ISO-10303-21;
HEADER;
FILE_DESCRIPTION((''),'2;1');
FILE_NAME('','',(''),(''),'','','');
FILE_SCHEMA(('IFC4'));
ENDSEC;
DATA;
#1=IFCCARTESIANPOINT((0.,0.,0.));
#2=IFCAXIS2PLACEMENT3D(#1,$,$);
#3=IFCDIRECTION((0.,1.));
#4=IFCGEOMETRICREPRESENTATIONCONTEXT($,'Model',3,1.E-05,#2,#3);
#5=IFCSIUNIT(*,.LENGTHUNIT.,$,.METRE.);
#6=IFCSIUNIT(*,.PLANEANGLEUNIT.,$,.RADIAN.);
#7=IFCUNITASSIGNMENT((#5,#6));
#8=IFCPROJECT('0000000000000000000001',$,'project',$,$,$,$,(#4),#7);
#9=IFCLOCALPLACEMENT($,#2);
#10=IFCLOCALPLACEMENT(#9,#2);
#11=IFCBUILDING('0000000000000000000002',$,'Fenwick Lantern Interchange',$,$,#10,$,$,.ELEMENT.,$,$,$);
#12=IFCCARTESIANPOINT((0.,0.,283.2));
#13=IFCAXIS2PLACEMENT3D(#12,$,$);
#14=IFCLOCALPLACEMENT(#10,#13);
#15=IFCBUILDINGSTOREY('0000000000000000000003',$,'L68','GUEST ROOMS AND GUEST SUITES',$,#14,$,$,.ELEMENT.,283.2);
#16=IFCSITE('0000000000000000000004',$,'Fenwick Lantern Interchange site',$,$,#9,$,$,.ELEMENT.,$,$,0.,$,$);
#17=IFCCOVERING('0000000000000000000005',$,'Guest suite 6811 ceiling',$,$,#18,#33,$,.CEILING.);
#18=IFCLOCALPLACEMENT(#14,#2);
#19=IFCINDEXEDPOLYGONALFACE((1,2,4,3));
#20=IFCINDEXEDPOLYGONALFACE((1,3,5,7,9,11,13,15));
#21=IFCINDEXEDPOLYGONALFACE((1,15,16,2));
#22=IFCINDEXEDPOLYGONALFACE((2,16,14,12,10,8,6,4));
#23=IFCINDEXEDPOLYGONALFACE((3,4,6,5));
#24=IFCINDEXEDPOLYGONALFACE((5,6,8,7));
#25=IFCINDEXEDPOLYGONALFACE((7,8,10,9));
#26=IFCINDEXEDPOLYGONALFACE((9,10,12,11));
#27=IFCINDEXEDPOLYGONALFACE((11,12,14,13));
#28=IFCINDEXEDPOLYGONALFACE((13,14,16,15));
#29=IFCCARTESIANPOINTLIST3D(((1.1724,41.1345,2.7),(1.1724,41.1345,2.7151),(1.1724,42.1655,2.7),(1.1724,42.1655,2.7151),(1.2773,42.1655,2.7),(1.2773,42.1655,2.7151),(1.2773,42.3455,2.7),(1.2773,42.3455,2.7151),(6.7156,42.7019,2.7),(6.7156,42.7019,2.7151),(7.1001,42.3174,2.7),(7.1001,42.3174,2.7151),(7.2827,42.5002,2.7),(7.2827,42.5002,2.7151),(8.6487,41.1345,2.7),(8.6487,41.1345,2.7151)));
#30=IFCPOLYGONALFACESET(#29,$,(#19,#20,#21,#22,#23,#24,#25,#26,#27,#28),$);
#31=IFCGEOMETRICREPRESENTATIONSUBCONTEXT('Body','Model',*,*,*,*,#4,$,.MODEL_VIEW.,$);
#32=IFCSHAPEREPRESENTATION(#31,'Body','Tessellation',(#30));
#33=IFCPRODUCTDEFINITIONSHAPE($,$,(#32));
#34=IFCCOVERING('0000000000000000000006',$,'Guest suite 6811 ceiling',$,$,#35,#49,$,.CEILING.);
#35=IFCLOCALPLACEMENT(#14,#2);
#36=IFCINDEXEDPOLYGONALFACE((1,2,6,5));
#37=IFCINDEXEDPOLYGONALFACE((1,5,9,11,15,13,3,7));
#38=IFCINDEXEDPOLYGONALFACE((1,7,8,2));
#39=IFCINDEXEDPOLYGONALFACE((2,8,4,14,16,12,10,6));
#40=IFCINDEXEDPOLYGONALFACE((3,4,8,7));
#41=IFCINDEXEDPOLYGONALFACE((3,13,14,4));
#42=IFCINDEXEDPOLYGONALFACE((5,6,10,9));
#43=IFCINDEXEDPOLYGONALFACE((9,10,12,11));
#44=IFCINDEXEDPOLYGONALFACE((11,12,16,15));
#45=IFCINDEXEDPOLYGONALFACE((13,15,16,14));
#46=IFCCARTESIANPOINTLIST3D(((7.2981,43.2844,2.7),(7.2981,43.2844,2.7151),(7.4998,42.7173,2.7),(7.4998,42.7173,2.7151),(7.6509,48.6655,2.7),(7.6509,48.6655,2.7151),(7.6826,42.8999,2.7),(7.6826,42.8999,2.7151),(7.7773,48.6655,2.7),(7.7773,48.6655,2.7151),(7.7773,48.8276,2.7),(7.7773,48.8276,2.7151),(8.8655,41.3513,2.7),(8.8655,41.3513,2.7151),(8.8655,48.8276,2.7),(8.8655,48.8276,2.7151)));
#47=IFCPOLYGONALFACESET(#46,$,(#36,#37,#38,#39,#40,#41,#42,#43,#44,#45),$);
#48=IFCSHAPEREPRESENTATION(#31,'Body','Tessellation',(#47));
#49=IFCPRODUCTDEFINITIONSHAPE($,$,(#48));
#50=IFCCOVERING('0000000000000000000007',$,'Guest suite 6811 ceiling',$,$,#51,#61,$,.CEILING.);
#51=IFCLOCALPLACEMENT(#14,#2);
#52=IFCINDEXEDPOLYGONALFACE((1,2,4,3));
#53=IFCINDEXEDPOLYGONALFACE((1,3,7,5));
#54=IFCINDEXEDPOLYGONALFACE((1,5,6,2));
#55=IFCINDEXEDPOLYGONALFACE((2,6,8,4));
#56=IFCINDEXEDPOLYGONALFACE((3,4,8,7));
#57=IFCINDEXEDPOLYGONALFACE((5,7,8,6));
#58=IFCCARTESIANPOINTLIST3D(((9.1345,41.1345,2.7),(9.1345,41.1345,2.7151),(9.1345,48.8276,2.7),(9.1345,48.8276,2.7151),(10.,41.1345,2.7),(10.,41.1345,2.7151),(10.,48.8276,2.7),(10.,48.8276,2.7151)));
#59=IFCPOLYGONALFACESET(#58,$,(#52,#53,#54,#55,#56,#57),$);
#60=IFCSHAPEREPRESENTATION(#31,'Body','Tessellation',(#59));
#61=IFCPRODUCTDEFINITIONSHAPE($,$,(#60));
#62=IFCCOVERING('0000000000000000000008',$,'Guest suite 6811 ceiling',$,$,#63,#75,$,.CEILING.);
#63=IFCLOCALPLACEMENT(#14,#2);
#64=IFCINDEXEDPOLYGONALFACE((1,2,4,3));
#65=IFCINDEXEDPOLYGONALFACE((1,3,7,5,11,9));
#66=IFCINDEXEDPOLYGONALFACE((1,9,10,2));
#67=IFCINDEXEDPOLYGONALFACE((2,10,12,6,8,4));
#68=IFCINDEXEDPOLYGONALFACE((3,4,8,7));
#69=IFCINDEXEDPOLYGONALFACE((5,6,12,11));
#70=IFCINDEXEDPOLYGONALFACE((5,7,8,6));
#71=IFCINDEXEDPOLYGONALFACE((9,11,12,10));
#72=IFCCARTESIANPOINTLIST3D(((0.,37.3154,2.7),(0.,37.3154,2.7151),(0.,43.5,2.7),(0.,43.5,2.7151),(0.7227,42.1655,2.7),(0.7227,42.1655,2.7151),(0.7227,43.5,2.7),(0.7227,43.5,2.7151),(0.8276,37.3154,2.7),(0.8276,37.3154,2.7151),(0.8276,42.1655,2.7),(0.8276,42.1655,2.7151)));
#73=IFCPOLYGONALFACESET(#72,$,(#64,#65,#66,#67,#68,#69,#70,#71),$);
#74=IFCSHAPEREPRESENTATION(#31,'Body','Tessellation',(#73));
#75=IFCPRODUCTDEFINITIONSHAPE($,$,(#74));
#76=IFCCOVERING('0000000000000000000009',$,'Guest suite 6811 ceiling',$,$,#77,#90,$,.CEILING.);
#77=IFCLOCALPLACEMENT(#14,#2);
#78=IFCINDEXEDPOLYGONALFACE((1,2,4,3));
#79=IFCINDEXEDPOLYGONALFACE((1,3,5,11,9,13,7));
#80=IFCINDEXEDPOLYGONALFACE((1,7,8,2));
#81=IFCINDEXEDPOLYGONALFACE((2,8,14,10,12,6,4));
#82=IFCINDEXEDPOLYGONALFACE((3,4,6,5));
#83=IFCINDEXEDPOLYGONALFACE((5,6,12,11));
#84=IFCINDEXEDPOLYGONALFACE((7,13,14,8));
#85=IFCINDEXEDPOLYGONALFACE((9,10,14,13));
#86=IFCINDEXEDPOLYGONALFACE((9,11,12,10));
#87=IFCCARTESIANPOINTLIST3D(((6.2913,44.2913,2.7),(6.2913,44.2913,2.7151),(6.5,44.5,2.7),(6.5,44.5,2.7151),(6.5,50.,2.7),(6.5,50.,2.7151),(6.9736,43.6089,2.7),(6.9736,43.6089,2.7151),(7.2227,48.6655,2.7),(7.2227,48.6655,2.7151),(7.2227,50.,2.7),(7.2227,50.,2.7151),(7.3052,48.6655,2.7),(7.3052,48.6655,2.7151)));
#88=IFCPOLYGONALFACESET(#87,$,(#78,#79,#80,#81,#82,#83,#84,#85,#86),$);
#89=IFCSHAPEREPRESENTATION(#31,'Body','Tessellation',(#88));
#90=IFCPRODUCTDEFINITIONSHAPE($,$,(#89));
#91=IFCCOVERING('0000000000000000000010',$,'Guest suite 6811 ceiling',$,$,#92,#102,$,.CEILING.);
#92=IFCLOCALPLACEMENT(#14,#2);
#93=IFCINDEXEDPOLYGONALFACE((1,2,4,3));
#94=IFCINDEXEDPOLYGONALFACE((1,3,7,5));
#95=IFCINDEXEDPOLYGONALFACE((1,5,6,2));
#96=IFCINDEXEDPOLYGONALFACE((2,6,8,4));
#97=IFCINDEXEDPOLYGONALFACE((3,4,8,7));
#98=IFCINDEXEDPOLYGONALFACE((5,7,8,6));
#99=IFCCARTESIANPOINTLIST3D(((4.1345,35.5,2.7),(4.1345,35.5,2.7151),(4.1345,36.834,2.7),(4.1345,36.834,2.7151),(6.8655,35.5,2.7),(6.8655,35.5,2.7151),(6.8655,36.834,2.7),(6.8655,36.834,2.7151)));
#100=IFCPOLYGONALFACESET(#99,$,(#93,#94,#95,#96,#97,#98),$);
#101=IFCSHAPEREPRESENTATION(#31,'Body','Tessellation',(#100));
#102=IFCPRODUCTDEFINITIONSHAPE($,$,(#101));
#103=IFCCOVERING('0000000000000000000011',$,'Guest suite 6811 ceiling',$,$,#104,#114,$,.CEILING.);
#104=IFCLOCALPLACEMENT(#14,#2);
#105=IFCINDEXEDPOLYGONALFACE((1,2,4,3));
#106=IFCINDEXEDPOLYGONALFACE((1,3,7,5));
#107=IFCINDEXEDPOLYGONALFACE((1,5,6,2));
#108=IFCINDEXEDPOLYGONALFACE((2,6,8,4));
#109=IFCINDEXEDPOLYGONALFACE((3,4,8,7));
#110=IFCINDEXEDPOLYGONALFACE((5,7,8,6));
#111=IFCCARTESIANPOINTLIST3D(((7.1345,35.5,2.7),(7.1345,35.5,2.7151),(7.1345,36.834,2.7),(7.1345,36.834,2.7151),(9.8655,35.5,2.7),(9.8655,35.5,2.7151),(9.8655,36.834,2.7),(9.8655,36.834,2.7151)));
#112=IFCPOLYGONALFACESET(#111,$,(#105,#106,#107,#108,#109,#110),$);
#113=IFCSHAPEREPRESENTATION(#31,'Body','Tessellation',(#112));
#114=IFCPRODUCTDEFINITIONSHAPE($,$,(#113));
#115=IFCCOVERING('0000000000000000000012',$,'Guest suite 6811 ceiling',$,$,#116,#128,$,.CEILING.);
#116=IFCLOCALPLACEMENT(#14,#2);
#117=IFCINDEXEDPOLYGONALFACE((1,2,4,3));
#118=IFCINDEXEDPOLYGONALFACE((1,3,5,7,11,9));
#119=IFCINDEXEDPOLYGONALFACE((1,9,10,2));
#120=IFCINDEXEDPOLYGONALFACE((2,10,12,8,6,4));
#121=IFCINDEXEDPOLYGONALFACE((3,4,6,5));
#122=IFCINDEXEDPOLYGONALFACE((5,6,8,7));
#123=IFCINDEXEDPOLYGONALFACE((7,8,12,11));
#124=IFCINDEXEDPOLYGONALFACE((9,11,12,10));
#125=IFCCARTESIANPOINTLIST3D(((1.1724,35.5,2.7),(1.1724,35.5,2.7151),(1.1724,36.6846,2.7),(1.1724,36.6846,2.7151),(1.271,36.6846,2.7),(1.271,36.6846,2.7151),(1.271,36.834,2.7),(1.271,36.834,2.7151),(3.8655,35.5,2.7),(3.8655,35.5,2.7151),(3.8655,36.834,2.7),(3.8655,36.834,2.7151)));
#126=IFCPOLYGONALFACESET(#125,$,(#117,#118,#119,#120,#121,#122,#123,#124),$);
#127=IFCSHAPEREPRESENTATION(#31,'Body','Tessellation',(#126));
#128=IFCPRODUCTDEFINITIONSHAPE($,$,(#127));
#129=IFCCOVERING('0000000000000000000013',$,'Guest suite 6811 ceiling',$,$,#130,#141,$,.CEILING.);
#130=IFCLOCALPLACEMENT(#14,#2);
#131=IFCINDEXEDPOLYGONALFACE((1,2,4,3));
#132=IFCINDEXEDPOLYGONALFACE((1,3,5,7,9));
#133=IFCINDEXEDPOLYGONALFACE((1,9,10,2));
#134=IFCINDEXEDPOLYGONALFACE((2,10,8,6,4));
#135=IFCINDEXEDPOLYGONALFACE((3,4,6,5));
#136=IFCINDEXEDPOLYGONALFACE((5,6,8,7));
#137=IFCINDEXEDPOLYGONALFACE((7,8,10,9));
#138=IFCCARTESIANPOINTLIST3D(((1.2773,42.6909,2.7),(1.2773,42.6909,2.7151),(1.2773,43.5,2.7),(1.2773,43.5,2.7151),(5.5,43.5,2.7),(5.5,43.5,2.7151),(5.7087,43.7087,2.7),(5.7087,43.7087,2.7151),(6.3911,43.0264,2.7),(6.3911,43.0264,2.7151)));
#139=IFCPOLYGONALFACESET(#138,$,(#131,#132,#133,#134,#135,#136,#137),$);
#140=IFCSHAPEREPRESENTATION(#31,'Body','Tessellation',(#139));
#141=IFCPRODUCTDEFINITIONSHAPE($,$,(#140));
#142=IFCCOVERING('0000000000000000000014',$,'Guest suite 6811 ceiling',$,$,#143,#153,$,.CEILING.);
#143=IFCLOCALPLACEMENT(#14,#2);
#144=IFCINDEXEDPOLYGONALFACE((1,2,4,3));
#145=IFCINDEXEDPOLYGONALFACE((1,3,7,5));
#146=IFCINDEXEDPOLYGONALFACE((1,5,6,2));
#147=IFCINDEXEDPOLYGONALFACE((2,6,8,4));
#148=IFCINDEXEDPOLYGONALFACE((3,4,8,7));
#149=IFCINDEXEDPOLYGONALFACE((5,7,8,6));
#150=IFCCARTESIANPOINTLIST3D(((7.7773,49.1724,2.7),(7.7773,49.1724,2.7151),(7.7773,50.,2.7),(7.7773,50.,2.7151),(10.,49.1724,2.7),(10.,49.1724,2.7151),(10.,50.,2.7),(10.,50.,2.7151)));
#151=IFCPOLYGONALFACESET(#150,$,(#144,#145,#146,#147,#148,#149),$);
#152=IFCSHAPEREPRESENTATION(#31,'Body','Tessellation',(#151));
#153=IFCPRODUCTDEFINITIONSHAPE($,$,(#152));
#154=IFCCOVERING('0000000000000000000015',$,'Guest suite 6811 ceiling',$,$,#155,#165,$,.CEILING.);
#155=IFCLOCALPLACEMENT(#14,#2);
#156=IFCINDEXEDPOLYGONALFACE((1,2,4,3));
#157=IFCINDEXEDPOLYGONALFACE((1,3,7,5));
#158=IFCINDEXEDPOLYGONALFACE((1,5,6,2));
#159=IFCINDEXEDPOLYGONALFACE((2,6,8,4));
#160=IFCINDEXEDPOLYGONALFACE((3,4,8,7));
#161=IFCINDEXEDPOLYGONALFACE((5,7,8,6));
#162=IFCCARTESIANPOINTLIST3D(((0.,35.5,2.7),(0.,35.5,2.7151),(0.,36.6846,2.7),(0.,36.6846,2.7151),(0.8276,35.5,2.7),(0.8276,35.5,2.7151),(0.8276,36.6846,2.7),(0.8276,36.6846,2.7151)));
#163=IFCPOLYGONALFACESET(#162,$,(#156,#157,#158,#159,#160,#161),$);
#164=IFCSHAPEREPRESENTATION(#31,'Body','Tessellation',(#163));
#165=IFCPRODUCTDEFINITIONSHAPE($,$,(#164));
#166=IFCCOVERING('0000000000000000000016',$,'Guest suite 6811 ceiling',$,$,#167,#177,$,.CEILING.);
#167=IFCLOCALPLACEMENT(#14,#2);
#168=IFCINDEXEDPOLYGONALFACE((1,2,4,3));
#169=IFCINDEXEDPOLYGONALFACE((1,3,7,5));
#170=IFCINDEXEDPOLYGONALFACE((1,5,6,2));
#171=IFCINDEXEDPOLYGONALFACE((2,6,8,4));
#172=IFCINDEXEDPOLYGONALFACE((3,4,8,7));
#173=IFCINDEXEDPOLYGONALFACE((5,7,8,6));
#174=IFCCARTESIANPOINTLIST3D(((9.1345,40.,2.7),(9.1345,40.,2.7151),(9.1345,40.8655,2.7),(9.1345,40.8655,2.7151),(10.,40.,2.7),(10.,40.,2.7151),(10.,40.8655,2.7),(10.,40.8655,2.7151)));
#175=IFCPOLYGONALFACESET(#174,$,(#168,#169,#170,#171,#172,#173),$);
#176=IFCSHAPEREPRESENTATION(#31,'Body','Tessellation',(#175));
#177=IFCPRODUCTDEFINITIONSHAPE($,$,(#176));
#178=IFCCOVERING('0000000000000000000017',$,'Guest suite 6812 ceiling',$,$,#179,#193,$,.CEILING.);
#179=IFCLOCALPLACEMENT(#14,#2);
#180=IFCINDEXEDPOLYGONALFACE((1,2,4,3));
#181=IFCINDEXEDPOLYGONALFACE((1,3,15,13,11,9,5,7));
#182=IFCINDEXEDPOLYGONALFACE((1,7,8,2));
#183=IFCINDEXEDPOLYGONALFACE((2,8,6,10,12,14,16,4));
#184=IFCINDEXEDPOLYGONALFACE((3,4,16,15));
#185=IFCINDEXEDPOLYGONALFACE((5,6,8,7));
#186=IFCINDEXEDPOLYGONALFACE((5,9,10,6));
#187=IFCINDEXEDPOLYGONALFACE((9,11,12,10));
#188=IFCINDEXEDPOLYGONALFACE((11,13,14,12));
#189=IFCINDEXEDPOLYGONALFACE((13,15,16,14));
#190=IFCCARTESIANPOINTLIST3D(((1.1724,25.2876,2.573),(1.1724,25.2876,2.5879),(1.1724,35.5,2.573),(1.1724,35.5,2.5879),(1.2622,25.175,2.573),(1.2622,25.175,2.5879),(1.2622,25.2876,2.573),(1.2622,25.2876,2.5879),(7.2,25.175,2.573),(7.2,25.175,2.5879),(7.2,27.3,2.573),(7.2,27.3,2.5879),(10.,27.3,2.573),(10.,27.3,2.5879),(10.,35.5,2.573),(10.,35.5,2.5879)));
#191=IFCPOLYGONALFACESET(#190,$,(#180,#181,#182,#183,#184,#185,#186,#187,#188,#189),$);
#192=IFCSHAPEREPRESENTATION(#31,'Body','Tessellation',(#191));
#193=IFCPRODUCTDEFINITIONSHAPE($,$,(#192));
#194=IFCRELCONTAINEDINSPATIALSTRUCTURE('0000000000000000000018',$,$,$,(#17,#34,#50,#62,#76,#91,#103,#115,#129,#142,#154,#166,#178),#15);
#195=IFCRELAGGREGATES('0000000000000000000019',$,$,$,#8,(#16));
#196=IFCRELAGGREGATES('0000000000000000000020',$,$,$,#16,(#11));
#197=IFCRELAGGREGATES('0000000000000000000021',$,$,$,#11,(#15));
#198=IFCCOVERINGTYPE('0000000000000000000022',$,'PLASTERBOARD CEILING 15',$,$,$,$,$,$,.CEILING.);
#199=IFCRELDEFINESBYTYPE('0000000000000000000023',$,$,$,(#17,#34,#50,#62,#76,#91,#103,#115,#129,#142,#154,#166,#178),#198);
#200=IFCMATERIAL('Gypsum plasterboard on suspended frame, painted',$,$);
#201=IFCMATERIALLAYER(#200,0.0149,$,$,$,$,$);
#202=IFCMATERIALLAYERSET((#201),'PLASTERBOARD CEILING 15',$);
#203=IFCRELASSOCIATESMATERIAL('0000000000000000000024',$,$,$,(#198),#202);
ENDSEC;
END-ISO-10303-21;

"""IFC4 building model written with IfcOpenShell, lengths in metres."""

from ifc_helpers import new_model, si_unit, direction, frame, origin, place, context, subcontext, project, spatial, polyline, outline, extrude, material, layer, layer_set, type_object, element, save


model = new_model("IFC4")

# Units and contexts
model_context = context("Model", 3, precision=1e-05, world=origin(), true_north=direction((0.0, 1.0)))
body_context = subcontext(model_context, "Body", "Model", "MODEL_VIEW")
ifc_project = project(units=[si_unit("LENGTHUNIT", "METRE"), si_unit("PLANEANGLEUNIT", "RADIAN")], contexts=[model_context])

# Site, building, storey
site_placement = place(None, origin())
site = spatial("IfcSite", under=ifc_project, at=site_placement, Name="Fenwick Lantern Interchange site", CompositionType="ELEMENT", RefElevation=0.0)
building_placement = place(site_placement, origin())
building = spatial("IfcBuilding", under=site, at=building_placement, Name="Fenwick Lantern Interchange", CompositionType="ELEMENT")
storey_placement = place(building_placement, frame((0.0, 0.0, 283.2)))
storey = spatial("IfcBuildingStorey", under=building, at=storey_placement, Name="L68", Description="GUEST ROOMS AND GUEST SUITES", CompositionType="ELEMENT", Elevation=283.2)

# Coverings
ifc_material_1 = material(Name="Gypsum plasterboard on suspended frame, painted")
ifc_layer_1 = layer(ifc_material_1, 0.0149)
ifc_layer_set_1 = layer_set([ifc_layer_1], Name="PLASTERBOARD CEILING 15")
covering_type_1 = type_object("IfcCoveringType", Name="PLASTERBOARD CEILING 15", PredefinedType="CEILING", material=ifc_layer_set_1)
covering_1_placement = place(storey_placement, frame((0.0, 0.0, 2.7)))
element("IfcCovering", 1, at=covering_1_placement, inside=storey, type_object=covering_type_1, Name="Guest suite 6811 ceiling", PredefinedType="CEILING", context=body_context, shape_type="SweptSolid", body=[
    extrude(outline(polyline([(1.2773, 42.1655), (1.1724, 42.1655), (1.1724, 41.1345), (8.6487, 41.1345), (7.2827, 42.5002), (7.1001, 42.3174), (6.7156, 42.7019), (1.2773, 42.3455), (1.2773, 42.1655)])), origin(), (0.0, 0.0, 1.0), 0.0151),
])
covering_2_placement = place(storey_placement, frame((0.0, 0.0, 2.7)))
element("IfcCovering", 2, at=covering_2_placement, inside=storey, type_object=covering_type_1, Name="Guest suite 6811 ceiling", PredefinedType="CEILING", context=body_context, shape_type="SweptSolid", body=[
    extrude(outline(polyline([(7.7773, 48.6655), (7.6509, 48.6655), (7.2981, 43.2844), (7.6826, 42.8999), (7.4998, 42.7173), (8.8655, 41.3513), (8.8655, 48.8276), (7.7773, 48.8276), (7.7773, 48.6655)])), origin(), (0.0, 0.0, 1.0), 0.0151),
])
covering_3_placement = place(storey_placement, frame((0.0, 0.0, 2.7)))
element("IfcCovering", 3, at=covering_3_placement, inside=storey, type_object=covering_type_1, Name="Guest suite 6811 ceiling", PredefinedType="CEILING", context=body_context, shape_type="SweptSolid", body=[
    extrude(outline(polyline([(10.0, 41.1345), (10.0, 48.8276), (9.1345, 48.8276), (9.1345, 41.1345), (10.0, 41.1345)])), origin(), (0.0, 0.0, 1.0), 0.0151),
])
covering_4_placement = place(storey_placement, frame((0.0, 0.0, 2.7)))
element("IfcCovering", 4, at=covering_4_placement, inside=storey, type_object=covering_type_1, Name="Guest suite 6811 ceiling", PredefinedType="CEILING", context=body_context, shape_type="SweptSolid", body=[
    extrude(outline(polyline([(0.0, 37.3154), (0.8276, 37.3154), (0.8276, 42.1655), (0.7227, 42.1655), (0.7227, 43.5), (0.0, 43.5), (0.0, 37.3154)])), origin(), (0.0, 0.0, 1.0), 0.0151),
])
covering_5_placement = place(storey_placement, frame((0.0, 0.0, 2.7)))
element("IfcCovering", 5, at=covering_5_placement, inside=storey, type_object=covering_type_1, Name="Guest suite 6811 ceiling", PredefinedType="CEILING", context=body_context, shape_type="SweptSolid", body=[
    extrude(outline(polyline([(7.3052, 48.6655), (7.2227, 48.6655), (7.2227, 50.0), (6.5, 50.0), (6.5, 44.5), (6.2913, 44.2913), (6.9736, 43.6089), (7.3052, 48.6655)])), origin(), (0.0, 0.0, 1.0), 0.0151),
])
covering_6_placement = place(storey_placement, frame((0.0, 0.0, 2.7)))
element("IfcCovering", 6, at=covering_6_placement, inside=storey, type_object=covering_type_1, Name="Guest suite 6811 ceiling", PredefinedType="CEILING", context=body_context, shape_type="SweptSolid", body=[
    extrude(outline(polyline([(4.1345, 35.5), (6.8655, 35.5), (6.8655, 36.834), (4.1345, 36.834), (4.1345, 35.5)])), origin(), (0.0, 0.0, 1.0), 0.0151),
])
covering_7_placement = place(storey_placement, frame((0.0, 0.0, 2.7)))
element("IfcCovering", 7, at=covering_7_placement, inside=storey, type_object=covering_type_1, Name="Guest suite 6811 ceiling", PredefinedType="CEILING", context=body_context, shape_type="SweptSolid", body=[
    extrude(outline(polyline([(7.1345, 35.5), (9.8655, 35.5), (9.8655, 36.834), (7.1345, 36.834), (7.1345, 35.5)])), origin(), (0.0, 0.0, 1.0), 0.0151),
])
covering_8_placement = place(storey_placement, frame((0.0, 0.0, 2.7)))
element("IfcCovering", 8, at=covering_8_placement, inside=storey, type_object=covering_type_1, Name="Guest suite 6811 ceiling", PredefinedType="CEILING", context=body_context, shape_type="SweptSolid", body=[
    extrude(outline(polyline([(1.1724, 35.5), (3.8655, 35.5), (3.8655, 36.834), (1.271, 36.834), (1.271, 36.6846), (1.1724, 36.6846), (1.1724, 35.5)])), origin(), (0.0, 0.0, 1.0), 0.0151),
])
covering_9_placement = place(storey_placement, frame((0.0, 0.0, 2.7)))
element("IfcCovering", 9, at=covering_9_placement, inside=storey, type_object=covering_type_1, Name="Guest suite 6811 ceiling", PredefinedType="CEILING", context=body_context, shape_type="SweptSolid", body=[
    extrude(outline(polyline([(1.2773, 43.5), (1.2773, 42.6909), (6.3911, 43.0264), (5.7087, 43.7087), (5.5, 43.5), (1.2773, 43.5)])), origin(), (0.0, 0.0, 1.0), 0.0151),
])
covering_10_placement = place(storey_placement, frame((0.0, 0.0, 2.7)))
element("IfcCovering", 10, at=covering_10_placement, inside=storey, type_object=covering_type_1, Name="Guest suite 6811 ceiling", PredefinedType="CEILING", context=body_context, shape_type="SweptSolid", body=[
    extrude(outline(polyline([(7.7773, 50.0), (7.7773, 49.1724), (10.0, 49.1724), (10.0, 50.0), (7.7773, 50.0)])), origin(), (0.0, 0.0, 1.0), 0.0151),
])
covering_11_placement = place(storey_placement, frame((0.0, 0.0, 2.7)))
element("IfcCovering", 11, at=covering_11_placement, inside=storey, type_object=covering_type_1, Name="Guest suite 6811 ceiling", PredefinedType="CEILING", context=body_context, shape_type="SweptSolid", body=[
    extrude(outline(polyline([(0.0, 35.5), (0.8276, 35.5), (0.8276, 36.6846), (0.0, 36.6846), (0.0, 35.5)])), origin(), (0.0, 0.0, 1.0), 0.0151),
])
covering_12_placement = place(storey_placement, frame((0.0, 0.0, 2.7)))
element("IfcCovering", 12, at=covering_12_placement, inside=storey, type_object=covering_type_1, Name="Guest suite 6811 ceiling", PredefinedType="CEILING", context=body_context, shape_type="SweptSolid", body=[
    extrude(outline(polyline([(10.0, 40.0), (10.0, 40.8655), (9.1345, 40.8655), (9.1345, 40.0), (10.0, 40.0)])), origin(), (0.0, 0.0, 1.0), 0.0151),
])
covering_13_placement = place(storey_placement, frame((0.0, 0.0, 2.573)))
element("IfcCovering", 13, at=covering_13_placement, inside=storey, type_object=covering_type_1, Name="Guest suite 6812 ceiling", PredefinedType="CEILING", context=body_context, shape_type="SweptSolid", body=[
    extrude(outline(polyline([(1.2622, 25.2876), (1.2622, 25.175), (7.2, 25.175), (7.2, 27.3), (10.0, 27.3), (10.0, 35.5), (1.1724, 35.5), (1.1724, 25.2876), (1.2622, 25.2876)])), origin(), (0.0, 0.0, 1.0), 0.0149),
])

save(model, "model.ifc")
